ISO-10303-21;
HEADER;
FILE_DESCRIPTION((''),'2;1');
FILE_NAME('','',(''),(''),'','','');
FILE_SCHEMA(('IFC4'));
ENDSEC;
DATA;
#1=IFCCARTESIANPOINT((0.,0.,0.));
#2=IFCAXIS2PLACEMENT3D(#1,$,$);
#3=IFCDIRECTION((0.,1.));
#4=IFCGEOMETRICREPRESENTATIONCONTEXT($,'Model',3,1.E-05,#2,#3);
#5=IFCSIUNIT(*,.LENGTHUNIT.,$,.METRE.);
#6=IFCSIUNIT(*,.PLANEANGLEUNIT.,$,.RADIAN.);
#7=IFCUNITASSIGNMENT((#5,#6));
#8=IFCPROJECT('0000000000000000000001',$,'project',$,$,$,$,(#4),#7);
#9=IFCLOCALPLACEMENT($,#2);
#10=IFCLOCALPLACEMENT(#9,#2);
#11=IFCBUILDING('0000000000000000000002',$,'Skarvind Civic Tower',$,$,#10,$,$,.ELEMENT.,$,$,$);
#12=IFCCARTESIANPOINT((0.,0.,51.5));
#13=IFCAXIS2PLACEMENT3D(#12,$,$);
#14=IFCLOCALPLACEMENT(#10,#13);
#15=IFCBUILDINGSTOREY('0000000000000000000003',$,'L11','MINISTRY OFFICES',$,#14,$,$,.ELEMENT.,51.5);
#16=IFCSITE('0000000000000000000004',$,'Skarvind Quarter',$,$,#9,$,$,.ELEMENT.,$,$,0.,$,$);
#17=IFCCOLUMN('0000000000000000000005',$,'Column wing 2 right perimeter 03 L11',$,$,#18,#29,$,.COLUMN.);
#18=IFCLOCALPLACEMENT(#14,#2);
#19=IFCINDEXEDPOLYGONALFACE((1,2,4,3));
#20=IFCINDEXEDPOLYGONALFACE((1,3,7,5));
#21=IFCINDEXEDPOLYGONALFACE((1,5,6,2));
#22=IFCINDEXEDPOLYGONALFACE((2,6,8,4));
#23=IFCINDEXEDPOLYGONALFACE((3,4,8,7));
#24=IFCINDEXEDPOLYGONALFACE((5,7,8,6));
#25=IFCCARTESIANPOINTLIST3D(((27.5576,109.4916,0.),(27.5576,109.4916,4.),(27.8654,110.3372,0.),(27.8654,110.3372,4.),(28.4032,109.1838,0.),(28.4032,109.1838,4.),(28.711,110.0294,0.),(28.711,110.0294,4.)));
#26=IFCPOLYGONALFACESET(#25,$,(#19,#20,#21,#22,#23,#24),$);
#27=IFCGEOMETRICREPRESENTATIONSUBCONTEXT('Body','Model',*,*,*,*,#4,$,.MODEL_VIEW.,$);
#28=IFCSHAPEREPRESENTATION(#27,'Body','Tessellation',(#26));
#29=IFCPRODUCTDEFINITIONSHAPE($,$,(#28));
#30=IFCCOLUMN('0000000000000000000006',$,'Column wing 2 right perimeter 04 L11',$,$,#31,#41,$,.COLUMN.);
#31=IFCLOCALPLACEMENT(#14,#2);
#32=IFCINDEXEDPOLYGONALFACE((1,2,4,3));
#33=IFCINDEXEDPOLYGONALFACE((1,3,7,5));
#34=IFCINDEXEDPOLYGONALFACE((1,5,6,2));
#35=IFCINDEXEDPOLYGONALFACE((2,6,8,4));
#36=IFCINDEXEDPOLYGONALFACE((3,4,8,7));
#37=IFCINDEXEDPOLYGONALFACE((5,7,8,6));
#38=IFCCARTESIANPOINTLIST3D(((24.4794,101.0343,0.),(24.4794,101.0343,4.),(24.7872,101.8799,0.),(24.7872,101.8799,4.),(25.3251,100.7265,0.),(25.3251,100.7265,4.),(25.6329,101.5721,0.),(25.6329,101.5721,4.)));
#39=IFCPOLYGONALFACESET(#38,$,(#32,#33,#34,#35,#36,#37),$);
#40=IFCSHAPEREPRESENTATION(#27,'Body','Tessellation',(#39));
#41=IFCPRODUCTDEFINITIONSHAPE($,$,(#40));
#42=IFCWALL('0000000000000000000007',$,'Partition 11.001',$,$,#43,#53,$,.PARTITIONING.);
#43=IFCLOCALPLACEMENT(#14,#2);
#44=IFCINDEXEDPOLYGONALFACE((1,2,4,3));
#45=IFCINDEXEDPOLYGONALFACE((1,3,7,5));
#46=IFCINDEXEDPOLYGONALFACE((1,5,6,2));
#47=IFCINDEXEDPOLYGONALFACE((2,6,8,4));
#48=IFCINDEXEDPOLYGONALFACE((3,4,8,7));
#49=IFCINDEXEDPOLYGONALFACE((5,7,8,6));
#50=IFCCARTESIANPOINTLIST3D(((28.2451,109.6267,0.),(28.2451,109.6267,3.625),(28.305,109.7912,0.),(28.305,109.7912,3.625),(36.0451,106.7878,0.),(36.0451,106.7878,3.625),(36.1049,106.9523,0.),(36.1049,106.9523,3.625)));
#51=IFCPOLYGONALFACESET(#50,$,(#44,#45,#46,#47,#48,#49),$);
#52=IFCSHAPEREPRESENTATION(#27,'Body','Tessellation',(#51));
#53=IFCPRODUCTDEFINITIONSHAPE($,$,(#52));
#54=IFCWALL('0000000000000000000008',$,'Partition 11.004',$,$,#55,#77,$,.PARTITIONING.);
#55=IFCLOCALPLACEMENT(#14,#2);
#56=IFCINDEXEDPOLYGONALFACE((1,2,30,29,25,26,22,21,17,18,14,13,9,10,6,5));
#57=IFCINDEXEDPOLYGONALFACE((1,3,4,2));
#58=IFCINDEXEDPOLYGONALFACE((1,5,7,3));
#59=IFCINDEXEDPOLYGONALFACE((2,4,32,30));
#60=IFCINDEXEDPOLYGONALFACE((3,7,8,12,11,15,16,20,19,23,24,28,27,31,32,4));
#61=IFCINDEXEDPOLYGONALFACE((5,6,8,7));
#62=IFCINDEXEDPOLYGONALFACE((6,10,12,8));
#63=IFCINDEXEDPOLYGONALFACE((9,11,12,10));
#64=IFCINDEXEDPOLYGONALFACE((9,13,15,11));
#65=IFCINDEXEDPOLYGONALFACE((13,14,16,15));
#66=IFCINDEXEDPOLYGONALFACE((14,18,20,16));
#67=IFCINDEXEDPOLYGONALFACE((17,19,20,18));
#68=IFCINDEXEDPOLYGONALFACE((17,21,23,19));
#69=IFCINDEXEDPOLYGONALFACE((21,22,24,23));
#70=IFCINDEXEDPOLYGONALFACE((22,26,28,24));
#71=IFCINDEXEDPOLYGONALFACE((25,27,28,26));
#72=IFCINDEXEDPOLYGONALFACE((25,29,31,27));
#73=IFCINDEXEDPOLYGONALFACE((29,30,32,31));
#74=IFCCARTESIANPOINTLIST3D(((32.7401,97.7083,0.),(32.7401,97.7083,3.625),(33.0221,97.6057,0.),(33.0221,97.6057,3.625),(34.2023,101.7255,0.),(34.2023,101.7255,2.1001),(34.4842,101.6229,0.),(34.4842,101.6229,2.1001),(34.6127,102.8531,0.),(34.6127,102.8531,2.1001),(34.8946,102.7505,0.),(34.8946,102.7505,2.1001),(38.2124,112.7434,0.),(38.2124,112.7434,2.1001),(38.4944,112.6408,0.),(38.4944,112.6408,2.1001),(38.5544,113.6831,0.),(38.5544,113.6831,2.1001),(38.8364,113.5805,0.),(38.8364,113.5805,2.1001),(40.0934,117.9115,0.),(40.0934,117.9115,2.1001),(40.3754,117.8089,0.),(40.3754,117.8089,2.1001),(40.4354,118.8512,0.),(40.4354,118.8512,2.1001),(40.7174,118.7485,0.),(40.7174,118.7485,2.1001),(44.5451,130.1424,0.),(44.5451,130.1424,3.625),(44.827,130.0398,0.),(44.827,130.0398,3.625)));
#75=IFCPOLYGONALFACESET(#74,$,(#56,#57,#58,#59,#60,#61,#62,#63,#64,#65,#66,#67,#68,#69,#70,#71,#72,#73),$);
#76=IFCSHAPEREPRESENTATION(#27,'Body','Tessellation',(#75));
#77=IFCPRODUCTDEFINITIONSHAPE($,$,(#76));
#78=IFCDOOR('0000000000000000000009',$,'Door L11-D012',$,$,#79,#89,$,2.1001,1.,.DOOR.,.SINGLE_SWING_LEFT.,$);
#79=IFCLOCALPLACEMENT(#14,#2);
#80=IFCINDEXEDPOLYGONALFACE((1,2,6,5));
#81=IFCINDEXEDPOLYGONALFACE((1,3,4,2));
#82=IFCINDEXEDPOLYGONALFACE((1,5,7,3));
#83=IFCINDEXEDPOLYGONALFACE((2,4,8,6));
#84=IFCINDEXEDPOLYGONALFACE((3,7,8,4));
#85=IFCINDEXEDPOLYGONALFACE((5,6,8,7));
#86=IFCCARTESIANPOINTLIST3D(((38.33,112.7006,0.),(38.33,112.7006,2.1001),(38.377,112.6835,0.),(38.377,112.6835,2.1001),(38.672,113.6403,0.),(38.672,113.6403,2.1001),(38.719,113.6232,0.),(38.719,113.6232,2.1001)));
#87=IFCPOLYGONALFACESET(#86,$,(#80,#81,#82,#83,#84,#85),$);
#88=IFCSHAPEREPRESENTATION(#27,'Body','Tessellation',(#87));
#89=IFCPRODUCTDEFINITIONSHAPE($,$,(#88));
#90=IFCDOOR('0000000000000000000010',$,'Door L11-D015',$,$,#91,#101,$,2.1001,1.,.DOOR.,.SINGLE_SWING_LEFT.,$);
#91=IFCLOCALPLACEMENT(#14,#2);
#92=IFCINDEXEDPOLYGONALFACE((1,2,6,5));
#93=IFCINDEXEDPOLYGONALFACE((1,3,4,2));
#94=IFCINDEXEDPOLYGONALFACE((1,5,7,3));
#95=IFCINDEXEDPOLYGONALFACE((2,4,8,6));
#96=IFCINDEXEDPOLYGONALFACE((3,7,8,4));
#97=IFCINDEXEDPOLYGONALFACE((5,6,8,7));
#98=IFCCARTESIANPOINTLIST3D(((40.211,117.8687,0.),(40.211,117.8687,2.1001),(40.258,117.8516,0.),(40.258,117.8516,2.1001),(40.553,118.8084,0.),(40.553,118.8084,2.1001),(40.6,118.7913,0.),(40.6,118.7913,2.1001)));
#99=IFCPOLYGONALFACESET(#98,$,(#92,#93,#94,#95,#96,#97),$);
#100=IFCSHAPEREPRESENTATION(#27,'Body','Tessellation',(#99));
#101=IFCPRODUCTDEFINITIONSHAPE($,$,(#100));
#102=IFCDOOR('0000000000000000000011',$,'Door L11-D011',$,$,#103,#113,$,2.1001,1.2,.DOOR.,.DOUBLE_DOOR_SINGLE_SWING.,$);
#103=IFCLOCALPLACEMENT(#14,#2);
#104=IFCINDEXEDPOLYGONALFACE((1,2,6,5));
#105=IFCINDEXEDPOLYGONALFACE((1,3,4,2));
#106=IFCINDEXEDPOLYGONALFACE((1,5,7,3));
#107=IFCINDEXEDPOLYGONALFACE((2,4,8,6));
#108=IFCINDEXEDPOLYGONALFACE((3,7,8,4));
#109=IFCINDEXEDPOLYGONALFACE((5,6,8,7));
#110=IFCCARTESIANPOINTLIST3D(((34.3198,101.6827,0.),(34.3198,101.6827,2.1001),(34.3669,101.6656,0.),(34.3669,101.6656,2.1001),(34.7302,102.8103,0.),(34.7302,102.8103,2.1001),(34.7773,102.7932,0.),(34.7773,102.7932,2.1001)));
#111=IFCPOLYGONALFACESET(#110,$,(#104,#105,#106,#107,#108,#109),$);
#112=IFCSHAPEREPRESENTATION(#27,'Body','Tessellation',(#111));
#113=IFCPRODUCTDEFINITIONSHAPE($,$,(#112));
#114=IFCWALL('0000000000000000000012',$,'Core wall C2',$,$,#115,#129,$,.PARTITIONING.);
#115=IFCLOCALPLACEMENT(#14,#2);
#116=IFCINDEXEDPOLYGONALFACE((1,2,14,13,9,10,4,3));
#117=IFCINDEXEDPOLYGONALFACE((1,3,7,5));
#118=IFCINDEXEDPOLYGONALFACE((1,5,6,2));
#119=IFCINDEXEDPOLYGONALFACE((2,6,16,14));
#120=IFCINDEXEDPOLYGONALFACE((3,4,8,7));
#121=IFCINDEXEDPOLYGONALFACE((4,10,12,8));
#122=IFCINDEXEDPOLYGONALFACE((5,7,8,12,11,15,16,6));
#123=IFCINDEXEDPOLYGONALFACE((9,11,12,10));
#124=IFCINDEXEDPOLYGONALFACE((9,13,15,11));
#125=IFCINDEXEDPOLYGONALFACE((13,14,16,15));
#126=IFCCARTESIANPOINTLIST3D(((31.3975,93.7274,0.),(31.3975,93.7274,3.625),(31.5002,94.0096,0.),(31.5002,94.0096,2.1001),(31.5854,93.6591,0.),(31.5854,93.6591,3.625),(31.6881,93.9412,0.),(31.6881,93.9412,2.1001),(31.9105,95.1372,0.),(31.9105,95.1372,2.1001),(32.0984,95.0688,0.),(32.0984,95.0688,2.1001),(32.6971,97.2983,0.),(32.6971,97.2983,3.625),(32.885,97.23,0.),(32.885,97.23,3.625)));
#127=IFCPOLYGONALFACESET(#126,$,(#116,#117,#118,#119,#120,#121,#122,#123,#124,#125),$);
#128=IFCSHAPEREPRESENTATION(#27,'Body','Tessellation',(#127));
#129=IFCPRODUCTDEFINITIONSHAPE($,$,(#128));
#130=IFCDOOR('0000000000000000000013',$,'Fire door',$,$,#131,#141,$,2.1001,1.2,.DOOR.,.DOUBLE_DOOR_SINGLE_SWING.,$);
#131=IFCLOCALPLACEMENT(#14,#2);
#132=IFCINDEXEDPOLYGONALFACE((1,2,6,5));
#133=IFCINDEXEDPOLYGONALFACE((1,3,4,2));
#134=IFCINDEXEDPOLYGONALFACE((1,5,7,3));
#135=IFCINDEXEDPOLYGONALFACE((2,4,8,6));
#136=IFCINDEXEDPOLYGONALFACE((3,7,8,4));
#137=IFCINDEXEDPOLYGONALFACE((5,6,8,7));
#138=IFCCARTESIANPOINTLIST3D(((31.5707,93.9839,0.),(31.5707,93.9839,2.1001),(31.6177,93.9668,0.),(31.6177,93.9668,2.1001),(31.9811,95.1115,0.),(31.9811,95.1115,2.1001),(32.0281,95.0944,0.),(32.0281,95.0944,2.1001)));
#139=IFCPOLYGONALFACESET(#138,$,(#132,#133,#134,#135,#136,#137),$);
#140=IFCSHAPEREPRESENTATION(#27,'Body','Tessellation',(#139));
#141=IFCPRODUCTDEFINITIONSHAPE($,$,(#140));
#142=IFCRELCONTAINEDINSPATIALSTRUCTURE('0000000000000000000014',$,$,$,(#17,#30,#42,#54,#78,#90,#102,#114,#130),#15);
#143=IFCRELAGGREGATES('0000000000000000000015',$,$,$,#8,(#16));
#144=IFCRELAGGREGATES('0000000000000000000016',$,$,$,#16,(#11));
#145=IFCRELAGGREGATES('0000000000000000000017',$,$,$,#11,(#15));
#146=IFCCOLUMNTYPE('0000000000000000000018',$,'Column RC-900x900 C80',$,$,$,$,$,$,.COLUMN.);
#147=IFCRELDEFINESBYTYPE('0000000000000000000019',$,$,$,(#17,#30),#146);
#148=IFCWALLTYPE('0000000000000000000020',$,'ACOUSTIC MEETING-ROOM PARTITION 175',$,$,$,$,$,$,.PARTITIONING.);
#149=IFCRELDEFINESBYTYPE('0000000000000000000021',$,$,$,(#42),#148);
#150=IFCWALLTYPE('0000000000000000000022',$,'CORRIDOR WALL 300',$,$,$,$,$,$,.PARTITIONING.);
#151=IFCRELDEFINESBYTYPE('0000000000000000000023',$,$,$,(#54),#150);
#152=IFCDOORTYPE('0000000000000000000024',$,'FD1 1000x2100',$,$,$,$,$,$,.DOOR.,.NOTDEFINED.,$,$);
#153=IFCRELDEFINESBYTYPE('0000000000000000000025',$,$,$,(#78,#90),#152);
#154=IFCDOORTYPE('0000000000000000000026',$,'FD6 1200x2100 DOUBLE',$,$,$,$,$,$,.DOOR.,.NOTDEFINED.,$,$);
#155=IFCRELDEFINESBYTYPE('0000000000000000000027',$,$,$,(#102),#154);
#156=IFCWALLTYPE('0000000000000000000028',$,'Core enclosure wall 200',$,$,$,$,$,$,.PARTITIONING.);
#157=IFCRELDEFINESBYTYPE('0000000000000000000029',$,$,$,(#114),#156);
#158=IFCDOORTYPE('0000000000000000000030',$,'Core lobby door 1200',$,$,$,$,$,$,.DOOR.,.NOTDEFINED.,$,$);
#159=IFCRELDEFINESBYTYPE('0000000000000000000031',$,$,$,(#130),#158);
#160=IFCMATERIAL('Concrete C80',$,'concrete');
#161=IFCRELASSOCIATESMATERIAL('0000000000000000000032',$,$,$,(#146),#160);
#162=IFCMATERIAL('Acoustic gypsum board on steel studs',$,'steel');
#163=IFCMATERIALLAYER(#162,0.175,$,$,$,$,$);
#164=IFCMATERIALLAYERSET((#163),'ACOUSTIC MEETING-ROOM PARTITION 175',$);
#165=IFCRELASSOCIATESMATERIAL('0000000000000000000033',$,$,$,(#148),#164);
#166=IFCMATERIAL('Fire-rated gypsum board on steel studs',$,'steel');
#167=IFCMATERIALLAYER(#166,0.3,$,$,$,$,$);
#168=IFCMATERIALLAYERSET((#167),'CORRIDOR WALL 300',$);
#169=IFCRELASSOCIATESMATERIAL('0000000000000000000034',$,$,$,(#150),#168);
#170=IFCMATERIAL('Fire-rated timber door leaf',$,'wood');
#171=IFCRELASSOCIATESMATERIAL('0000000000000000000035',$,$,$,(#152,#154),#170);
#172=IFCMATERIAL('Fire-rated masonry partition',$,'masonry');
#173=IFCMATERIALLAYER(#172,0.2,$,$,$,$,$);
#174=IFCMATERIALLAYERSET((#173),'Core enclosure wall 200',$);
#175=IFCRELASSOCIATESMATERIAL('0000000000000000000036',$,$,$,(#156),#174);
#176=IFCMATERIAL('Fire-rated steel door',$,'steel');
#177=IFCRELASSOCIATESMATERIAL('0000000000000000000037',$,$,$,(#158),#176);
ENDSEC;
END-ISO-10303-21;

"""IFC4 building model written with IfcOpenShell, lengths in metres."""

from ifc_helpers import new_model, si_unit, direction, frame, frame_2d, origin, origin_2d, place, context, subcontext, project, spatial, rectangle, extrude, material, layer, layer_set, material_profile, profile_set, type_object, element, fill, save


model = new_model("IFC4")

# Units and contexts
model_context = context("Model", 3, precision=1e-05, world=origin(), true_north=direction((0.0, 1.0)))
body_context = subcontext(model_context, "Body", "Model", "MODEL_VIEW")
ifc_project = project(units=[si_unit("LENGTHUNIT", "METRE"), si_unit("PLANEANGLEUNIT", "RADIAN")], contexts=[model_context])

# Site, building, storey
site_placement = place(None, origin())
site = spatial("IfcSite", under=ifc_project, at=site_placement, Name="Skarvind Quarter", CompositionType="ELEMENT", RefElevation=0.0)
building_placement = place(site_placement, origin())
building = spatial("IfcBuilding", under=site, at=building_placement, Name="Skarvind Civic Tower", CompositionType="ELEMENT")
storey_placement = place(building_placement, frame((0.0, 0.0, 51.5)))
storey = spatial("IfcBuildingStorey", under=building, at=storey_placement, Name="L11", Description="MINISTRY OFFICES", CompositionType="ELEMENT", Elevation=51.5)

# Columns
ifc_material_1 = material(Name="Concrete C80", Category="concrete")
ifc_material_profile = material_profile(ifc_material_1, rectangle(XDim=0.8999, YDim=0.8999, at=origin_2d()), Name="RC-900x900")
ifc_profile_set = profile_set([ifc_material_profile], Name="Concrete C80")
column_type = type_object("IfcColumnType", Name="Column RC-900x900 C80", PredefinedType="COLUMN", material=ifc_profile_set)
for number, where, z_axis, x_axis, name in (
    (1, (28.1343, 109.7605, 0.0), (0.0, 0.0, 1.0), (-0.34202, -0.939693, 0.0), "Column wing 2 right perimeter 03 L11"),
    (2, (25.0562, 101.3032, 0.0), (0.0, 0.0, 1.0), (-0.34202, -0.939693, 0.0), "Column wing 2 right perimeter 04 L11"),
):
    element("IfcColumn", number, at=place(storey_placement, frame(where, z_axis=z_axis, x_axis=x_axis)), inside=storey, type_object=column_type, Name=name, PredefinedType="COLUMN", context=body_context, shape_type="SweptSolid", body=[
        extrude(rectangle(XDim=0.8999, YDim=0.8999, at=origin_2d()), origin(), (0.0, 0.0, 1.0), 4.0),
    ])

# Wall
ifc_material_2 = material(Name="Acoustic gypsum board on steel studs", Category="steel")
ifc_layer_1 = layer(ifc_material_2, 0.175)
ifc_layer_set_1 = layer_set([ifc_layer_1], Name="ACOUSTIC MEETING-ROOM PARTITION 175")
wall_type_1 = type_object("IfcWallType", Name="ACOUSTIC MEETING-ROOM PARTITION 175", PredefinedType="PARTITIONING", material=ifc_layer_set_1)
wall_1_placement = place(storey_placement, frame((28.2749, 109.709, 0.0), z_axis=(0.0, 0.0, 1.0), x_axis=(0.939697, -0.342008, 0.0)))
element("IfcWall", 3, at=wall_1_placement, inside=storey, type_object=wall_type_1, Name="Partition 11.001", PredefinedType="PARTITIONING", context=body_context, shape_type="SweptSolid", body=[
    extrude(rectangle(XDim=8.3005, YDim=0.175, at=frame_2d((4.1504, 0.0))), origin(), (0.0, 0.0, 1.0), 3.625),
])

# Wall, openings, doors
ifc_material_3 = material(Name="Fire-rated gypsum board on steel studs", Category="steel")
ifc_layer_2 = layer(ifc_material_3, 0.3)
ifc_layer_set_2 = layer_set([ifc_layer_2], Name="CORRIDOR WALL 300")
wall_type_2 = type_object("IfcWallType", Name="CORRIDOR WALL 300", PredefinedType="PARTITIONING", material=ifc_layer_set_2)
wall_2_placement = place(storey_placement, frame((32.8811, 97.657, 0.0), z_axis=(0.0, 0.0, 1.0), x_axis=(0.342017, 0.939694, 0.0)))
wall_2 = element("IfcWall", 4, at=wall_2_placement, inside=storey, type_object=wall_type_2, Name="Partition 11.004", PredefinedType="PARTITIONING", context=body_context, shape_type="SweptSolid", body=[
    extrude(rectangle(XDim=34.5156, YDim=0.3, at=frame_2d((17.2578, 0.0))), origin(), (0.0, 0.0, 1.0), 3.625),
])
opening_1_placement = place(wall_2_placement, frame((4.2749, 0.0, 0.0)))
opening_1 = element("IfcOpeningElement", 5, at=opening_1_placement, cuts=wall_2, PredefinedType="OPENING", context=body_context, shape_type="SweptSolid", body=[
    extrude(rectangle(XDim=1.2, YDim=2.1001, at=frame_2d((0.6001, 1.05))), frame((0.0, 0.1599, 0.0), z_axis=(0.0, -1.0, 0.0), x_axis=(1.0, 0.0, 0.0)), (0.0, 0.0, 1.0), 0.3201),
])
opening_2_placement = place(wall_2_placement, frame((16.0, 0.0, 0.0)))
opening_2 = element("IfcOpeningElement", 6, at=opening_2_placement, cuts=wall_2, PredefinedType="OPENING", context=body_context, shape_type="SweptSolid", body=[
    extrude(rectangle(XDim=1.0, YDim=2.1001, at=frame_2d((0.5, 1.05))), frame((0.0, 0.1599, 0.0), z_axis=(0.0, -1.0, 0.0), x_axis=(1.0, 0.0, 0.0)), (0.0, 0.0, 1.0), 0.3201),
])
opening_3_placement = place(wall_2_placement, frame((21.4998, 0.0, 0.0)))
opening_3 = element("IfcOpeningElement", 7, at=opening_3_placement, cuts=wall_2, PredefinedType="OPENING", context=body_context, shape_type="SweptSolid", body=[
    extrude(rectangle(XDim=1.0, YDim=2.1001, at=frame_2d((0.5, 1.05))), frame((0.0, 0.1599, 0.0), z_axis=(0.0, -1.0, 0.0), x_axis=(1.0, 0.0, 0.0)), (0.0, 0.0, 1.0), 0.3201),
])
ifc_material_4 = material(Name="Fire-rated timber door leaf", Category="wood")
door_type_1 = type_object("IfcDoorType", Name="FD1 1000x2100", OperationType="NOTDEFINED", PredefinedType="DOOR", material=ifc_material_4)
door_1_placement = place(opening_2_placement, origin())
door_1 = element("IfcDoor", 8, at=door_1_placement, inside=storey, type_object=door_type_1, Name="Door L11-D012", OperationType="SINGLE_SWING_LEFT", OverallHeight=2.1001, OverallWidth=1.0, PredefinedType="DOOR", context=body_context, shape_type="SweptSolid", body=[
    extrude(rectangle(XDim=1.0, YDim=2.1001, at=frame_2d((0.5, 1.05))), frame((0.0, 0.0249, 0.0), z_axis=(0.0, -1.0, 0.0), x_axis=(1.0, 0.0, 0.0)), (0.0, 0.0, 1.0), 0.05),
])
fill(opening_2, door_1)
door_2_placement = place(opening_3_placement, origin())
door_2 = element("IfcDoor", 9, at=door_2_placement, inside=storey, type_object=door_type_1, Name="Door L11-D015", OperationType="SINGLE_SWING_LEFT", OverallHeight=2.1001, OverallWidth=1.0, PredefinedType="DOOR", context=body_context, shape_type="SweptSolid", body=[
    extrude(rectangle(XDim=1.0, YDim=2.1001, at=frame_2d((0.5, 1.05))), frame((0.0, 0.0249, 0.0), z_axis=(0.0, -1.0, 0.0), x_axis=(1.0, 0.0, 0.0)), (0.0, 0.0, 1.0), 0.05),
])
fill(opening_3, door_2)
door_type_2 = type_object("IfcDoorType", Name="FD6 1200x2100 DOUBLE", OperationType="NOTDEFINED", PredefinedType="DOOR", material=ifc_material_4)
door_3_placement = place(opening_1_placement, origin())
door_3 = element("IfcDoor", 10, at=door_3_placement, inside=storey, type_object=door_type_2, Name="Door L11-D011", OperationType="DOUBLE_DOOR_SINGLE_SWING", OverallHeight=2.1001, OverallWidth=1.2, PredefinedType="DOOR", context=body_context, shape_type="SweptSolid", body=[
    extrude(rectangle(XDim=1.2, YDim=2.1001, at=frame_2d((0.6001, 1.05))), frame((0.0, 0.0249, 0.0), z_axis=(0.0, -1.0, 0.0), x_axis=(1.0, 0.0, 0.0)), (0.0, 0.0, 1.0), 0.05),
])
fill(opening_1, door_3)

# Wall, opening, door
ifc_material_5 = material(Name="Fire-rated masonry partition", Category="masonry")
ifc_layer_3 = layer(ifc_material_5, 0.2)
ifc_layer_set_3 = layer_set([ifc_layer_3], Name="Core enclosure wall 200")
wall_type_3 = type_object("IfcWallType", Name="Core enclosure wall 200", PredefinedType="PARTITIONING", material=ifc_layer_set_3)
wall_3_placement = place(storey_placement, frame((31.4915, 93.6934, 0.0), z_axis=(0.0, 0.0, 1.0), x_axis=(0.341996, 0.939701, 0.0)))
wall_3 = element("IfcWall", 11, at=wall_3_placement, inside=storey, type_object=wall_type_3, Name="Core wall C2", PredefinedType="PARTITIONING", context=body_context, shape_type="SweptSolid", body=[
    extrude(rectangle(XDim=3.8, YDim=0.2, at=frame_2d((1.8999, 0.0))), origin(), (0.0, 0.0, 1.0), 3.625),
])
opening_4_placement = place(wall_3_placement, frame((0.3, 0.0, 0.0)))
opening_4 = element("IfcOpeningElement", 12, at=opening_4_placement, cuts=wall_3, PredefinedType="OPENING", context=body_context, shape_type="SweptSolid", body=[
    extrude(rectangle(XDim=1.2, YDim=2.1001, at=frame_2d((0.6001, 1.05))), frame((0.0, 0.1099, 0.0), z_axis=(0.0, -1.0, 0.0), x_axis=(1.0, 0.0, 0.0)), (0.0, 0.0, 1.0), 0.22),
])
ifc_material_6 = material(Name="Fire-rated steel door", Category="steel")
door_type_3 = type_object("IfcDoorType", Name="Core lobby door 1200", OperationType="NOTDEFINED", PredefinedType="DOOR", material=ifc_material_6)
door_4_placement = place(opening_4_placement, origin())
door_4 = element("IfcDoor", 13, at=door_4_placement, inside=storey, type_object=door_type_3, Name="Fire door", OperationType="DOUBLE_DOOR_SINGLE_SWING", OverallHeight=2.1001, OverallWidth=1.2, PredefinedType="DOOR", context=body_context, shape_type="SweptSolid", body=[
    extrude(rectangle(XDim=1.2, YDim=2.1001, at=frame_2d((0.6001, 1.05))), frame((0.0, 0.0249, 0.0), z_axis=(0.0, -1.0, 0.0), x_axis=(1.0, 0.0, 0.0)), (0.0, 0.0, 1.0), 0.05),
])
fill(opening_4, door_4)

save(model, "model.ifc")
